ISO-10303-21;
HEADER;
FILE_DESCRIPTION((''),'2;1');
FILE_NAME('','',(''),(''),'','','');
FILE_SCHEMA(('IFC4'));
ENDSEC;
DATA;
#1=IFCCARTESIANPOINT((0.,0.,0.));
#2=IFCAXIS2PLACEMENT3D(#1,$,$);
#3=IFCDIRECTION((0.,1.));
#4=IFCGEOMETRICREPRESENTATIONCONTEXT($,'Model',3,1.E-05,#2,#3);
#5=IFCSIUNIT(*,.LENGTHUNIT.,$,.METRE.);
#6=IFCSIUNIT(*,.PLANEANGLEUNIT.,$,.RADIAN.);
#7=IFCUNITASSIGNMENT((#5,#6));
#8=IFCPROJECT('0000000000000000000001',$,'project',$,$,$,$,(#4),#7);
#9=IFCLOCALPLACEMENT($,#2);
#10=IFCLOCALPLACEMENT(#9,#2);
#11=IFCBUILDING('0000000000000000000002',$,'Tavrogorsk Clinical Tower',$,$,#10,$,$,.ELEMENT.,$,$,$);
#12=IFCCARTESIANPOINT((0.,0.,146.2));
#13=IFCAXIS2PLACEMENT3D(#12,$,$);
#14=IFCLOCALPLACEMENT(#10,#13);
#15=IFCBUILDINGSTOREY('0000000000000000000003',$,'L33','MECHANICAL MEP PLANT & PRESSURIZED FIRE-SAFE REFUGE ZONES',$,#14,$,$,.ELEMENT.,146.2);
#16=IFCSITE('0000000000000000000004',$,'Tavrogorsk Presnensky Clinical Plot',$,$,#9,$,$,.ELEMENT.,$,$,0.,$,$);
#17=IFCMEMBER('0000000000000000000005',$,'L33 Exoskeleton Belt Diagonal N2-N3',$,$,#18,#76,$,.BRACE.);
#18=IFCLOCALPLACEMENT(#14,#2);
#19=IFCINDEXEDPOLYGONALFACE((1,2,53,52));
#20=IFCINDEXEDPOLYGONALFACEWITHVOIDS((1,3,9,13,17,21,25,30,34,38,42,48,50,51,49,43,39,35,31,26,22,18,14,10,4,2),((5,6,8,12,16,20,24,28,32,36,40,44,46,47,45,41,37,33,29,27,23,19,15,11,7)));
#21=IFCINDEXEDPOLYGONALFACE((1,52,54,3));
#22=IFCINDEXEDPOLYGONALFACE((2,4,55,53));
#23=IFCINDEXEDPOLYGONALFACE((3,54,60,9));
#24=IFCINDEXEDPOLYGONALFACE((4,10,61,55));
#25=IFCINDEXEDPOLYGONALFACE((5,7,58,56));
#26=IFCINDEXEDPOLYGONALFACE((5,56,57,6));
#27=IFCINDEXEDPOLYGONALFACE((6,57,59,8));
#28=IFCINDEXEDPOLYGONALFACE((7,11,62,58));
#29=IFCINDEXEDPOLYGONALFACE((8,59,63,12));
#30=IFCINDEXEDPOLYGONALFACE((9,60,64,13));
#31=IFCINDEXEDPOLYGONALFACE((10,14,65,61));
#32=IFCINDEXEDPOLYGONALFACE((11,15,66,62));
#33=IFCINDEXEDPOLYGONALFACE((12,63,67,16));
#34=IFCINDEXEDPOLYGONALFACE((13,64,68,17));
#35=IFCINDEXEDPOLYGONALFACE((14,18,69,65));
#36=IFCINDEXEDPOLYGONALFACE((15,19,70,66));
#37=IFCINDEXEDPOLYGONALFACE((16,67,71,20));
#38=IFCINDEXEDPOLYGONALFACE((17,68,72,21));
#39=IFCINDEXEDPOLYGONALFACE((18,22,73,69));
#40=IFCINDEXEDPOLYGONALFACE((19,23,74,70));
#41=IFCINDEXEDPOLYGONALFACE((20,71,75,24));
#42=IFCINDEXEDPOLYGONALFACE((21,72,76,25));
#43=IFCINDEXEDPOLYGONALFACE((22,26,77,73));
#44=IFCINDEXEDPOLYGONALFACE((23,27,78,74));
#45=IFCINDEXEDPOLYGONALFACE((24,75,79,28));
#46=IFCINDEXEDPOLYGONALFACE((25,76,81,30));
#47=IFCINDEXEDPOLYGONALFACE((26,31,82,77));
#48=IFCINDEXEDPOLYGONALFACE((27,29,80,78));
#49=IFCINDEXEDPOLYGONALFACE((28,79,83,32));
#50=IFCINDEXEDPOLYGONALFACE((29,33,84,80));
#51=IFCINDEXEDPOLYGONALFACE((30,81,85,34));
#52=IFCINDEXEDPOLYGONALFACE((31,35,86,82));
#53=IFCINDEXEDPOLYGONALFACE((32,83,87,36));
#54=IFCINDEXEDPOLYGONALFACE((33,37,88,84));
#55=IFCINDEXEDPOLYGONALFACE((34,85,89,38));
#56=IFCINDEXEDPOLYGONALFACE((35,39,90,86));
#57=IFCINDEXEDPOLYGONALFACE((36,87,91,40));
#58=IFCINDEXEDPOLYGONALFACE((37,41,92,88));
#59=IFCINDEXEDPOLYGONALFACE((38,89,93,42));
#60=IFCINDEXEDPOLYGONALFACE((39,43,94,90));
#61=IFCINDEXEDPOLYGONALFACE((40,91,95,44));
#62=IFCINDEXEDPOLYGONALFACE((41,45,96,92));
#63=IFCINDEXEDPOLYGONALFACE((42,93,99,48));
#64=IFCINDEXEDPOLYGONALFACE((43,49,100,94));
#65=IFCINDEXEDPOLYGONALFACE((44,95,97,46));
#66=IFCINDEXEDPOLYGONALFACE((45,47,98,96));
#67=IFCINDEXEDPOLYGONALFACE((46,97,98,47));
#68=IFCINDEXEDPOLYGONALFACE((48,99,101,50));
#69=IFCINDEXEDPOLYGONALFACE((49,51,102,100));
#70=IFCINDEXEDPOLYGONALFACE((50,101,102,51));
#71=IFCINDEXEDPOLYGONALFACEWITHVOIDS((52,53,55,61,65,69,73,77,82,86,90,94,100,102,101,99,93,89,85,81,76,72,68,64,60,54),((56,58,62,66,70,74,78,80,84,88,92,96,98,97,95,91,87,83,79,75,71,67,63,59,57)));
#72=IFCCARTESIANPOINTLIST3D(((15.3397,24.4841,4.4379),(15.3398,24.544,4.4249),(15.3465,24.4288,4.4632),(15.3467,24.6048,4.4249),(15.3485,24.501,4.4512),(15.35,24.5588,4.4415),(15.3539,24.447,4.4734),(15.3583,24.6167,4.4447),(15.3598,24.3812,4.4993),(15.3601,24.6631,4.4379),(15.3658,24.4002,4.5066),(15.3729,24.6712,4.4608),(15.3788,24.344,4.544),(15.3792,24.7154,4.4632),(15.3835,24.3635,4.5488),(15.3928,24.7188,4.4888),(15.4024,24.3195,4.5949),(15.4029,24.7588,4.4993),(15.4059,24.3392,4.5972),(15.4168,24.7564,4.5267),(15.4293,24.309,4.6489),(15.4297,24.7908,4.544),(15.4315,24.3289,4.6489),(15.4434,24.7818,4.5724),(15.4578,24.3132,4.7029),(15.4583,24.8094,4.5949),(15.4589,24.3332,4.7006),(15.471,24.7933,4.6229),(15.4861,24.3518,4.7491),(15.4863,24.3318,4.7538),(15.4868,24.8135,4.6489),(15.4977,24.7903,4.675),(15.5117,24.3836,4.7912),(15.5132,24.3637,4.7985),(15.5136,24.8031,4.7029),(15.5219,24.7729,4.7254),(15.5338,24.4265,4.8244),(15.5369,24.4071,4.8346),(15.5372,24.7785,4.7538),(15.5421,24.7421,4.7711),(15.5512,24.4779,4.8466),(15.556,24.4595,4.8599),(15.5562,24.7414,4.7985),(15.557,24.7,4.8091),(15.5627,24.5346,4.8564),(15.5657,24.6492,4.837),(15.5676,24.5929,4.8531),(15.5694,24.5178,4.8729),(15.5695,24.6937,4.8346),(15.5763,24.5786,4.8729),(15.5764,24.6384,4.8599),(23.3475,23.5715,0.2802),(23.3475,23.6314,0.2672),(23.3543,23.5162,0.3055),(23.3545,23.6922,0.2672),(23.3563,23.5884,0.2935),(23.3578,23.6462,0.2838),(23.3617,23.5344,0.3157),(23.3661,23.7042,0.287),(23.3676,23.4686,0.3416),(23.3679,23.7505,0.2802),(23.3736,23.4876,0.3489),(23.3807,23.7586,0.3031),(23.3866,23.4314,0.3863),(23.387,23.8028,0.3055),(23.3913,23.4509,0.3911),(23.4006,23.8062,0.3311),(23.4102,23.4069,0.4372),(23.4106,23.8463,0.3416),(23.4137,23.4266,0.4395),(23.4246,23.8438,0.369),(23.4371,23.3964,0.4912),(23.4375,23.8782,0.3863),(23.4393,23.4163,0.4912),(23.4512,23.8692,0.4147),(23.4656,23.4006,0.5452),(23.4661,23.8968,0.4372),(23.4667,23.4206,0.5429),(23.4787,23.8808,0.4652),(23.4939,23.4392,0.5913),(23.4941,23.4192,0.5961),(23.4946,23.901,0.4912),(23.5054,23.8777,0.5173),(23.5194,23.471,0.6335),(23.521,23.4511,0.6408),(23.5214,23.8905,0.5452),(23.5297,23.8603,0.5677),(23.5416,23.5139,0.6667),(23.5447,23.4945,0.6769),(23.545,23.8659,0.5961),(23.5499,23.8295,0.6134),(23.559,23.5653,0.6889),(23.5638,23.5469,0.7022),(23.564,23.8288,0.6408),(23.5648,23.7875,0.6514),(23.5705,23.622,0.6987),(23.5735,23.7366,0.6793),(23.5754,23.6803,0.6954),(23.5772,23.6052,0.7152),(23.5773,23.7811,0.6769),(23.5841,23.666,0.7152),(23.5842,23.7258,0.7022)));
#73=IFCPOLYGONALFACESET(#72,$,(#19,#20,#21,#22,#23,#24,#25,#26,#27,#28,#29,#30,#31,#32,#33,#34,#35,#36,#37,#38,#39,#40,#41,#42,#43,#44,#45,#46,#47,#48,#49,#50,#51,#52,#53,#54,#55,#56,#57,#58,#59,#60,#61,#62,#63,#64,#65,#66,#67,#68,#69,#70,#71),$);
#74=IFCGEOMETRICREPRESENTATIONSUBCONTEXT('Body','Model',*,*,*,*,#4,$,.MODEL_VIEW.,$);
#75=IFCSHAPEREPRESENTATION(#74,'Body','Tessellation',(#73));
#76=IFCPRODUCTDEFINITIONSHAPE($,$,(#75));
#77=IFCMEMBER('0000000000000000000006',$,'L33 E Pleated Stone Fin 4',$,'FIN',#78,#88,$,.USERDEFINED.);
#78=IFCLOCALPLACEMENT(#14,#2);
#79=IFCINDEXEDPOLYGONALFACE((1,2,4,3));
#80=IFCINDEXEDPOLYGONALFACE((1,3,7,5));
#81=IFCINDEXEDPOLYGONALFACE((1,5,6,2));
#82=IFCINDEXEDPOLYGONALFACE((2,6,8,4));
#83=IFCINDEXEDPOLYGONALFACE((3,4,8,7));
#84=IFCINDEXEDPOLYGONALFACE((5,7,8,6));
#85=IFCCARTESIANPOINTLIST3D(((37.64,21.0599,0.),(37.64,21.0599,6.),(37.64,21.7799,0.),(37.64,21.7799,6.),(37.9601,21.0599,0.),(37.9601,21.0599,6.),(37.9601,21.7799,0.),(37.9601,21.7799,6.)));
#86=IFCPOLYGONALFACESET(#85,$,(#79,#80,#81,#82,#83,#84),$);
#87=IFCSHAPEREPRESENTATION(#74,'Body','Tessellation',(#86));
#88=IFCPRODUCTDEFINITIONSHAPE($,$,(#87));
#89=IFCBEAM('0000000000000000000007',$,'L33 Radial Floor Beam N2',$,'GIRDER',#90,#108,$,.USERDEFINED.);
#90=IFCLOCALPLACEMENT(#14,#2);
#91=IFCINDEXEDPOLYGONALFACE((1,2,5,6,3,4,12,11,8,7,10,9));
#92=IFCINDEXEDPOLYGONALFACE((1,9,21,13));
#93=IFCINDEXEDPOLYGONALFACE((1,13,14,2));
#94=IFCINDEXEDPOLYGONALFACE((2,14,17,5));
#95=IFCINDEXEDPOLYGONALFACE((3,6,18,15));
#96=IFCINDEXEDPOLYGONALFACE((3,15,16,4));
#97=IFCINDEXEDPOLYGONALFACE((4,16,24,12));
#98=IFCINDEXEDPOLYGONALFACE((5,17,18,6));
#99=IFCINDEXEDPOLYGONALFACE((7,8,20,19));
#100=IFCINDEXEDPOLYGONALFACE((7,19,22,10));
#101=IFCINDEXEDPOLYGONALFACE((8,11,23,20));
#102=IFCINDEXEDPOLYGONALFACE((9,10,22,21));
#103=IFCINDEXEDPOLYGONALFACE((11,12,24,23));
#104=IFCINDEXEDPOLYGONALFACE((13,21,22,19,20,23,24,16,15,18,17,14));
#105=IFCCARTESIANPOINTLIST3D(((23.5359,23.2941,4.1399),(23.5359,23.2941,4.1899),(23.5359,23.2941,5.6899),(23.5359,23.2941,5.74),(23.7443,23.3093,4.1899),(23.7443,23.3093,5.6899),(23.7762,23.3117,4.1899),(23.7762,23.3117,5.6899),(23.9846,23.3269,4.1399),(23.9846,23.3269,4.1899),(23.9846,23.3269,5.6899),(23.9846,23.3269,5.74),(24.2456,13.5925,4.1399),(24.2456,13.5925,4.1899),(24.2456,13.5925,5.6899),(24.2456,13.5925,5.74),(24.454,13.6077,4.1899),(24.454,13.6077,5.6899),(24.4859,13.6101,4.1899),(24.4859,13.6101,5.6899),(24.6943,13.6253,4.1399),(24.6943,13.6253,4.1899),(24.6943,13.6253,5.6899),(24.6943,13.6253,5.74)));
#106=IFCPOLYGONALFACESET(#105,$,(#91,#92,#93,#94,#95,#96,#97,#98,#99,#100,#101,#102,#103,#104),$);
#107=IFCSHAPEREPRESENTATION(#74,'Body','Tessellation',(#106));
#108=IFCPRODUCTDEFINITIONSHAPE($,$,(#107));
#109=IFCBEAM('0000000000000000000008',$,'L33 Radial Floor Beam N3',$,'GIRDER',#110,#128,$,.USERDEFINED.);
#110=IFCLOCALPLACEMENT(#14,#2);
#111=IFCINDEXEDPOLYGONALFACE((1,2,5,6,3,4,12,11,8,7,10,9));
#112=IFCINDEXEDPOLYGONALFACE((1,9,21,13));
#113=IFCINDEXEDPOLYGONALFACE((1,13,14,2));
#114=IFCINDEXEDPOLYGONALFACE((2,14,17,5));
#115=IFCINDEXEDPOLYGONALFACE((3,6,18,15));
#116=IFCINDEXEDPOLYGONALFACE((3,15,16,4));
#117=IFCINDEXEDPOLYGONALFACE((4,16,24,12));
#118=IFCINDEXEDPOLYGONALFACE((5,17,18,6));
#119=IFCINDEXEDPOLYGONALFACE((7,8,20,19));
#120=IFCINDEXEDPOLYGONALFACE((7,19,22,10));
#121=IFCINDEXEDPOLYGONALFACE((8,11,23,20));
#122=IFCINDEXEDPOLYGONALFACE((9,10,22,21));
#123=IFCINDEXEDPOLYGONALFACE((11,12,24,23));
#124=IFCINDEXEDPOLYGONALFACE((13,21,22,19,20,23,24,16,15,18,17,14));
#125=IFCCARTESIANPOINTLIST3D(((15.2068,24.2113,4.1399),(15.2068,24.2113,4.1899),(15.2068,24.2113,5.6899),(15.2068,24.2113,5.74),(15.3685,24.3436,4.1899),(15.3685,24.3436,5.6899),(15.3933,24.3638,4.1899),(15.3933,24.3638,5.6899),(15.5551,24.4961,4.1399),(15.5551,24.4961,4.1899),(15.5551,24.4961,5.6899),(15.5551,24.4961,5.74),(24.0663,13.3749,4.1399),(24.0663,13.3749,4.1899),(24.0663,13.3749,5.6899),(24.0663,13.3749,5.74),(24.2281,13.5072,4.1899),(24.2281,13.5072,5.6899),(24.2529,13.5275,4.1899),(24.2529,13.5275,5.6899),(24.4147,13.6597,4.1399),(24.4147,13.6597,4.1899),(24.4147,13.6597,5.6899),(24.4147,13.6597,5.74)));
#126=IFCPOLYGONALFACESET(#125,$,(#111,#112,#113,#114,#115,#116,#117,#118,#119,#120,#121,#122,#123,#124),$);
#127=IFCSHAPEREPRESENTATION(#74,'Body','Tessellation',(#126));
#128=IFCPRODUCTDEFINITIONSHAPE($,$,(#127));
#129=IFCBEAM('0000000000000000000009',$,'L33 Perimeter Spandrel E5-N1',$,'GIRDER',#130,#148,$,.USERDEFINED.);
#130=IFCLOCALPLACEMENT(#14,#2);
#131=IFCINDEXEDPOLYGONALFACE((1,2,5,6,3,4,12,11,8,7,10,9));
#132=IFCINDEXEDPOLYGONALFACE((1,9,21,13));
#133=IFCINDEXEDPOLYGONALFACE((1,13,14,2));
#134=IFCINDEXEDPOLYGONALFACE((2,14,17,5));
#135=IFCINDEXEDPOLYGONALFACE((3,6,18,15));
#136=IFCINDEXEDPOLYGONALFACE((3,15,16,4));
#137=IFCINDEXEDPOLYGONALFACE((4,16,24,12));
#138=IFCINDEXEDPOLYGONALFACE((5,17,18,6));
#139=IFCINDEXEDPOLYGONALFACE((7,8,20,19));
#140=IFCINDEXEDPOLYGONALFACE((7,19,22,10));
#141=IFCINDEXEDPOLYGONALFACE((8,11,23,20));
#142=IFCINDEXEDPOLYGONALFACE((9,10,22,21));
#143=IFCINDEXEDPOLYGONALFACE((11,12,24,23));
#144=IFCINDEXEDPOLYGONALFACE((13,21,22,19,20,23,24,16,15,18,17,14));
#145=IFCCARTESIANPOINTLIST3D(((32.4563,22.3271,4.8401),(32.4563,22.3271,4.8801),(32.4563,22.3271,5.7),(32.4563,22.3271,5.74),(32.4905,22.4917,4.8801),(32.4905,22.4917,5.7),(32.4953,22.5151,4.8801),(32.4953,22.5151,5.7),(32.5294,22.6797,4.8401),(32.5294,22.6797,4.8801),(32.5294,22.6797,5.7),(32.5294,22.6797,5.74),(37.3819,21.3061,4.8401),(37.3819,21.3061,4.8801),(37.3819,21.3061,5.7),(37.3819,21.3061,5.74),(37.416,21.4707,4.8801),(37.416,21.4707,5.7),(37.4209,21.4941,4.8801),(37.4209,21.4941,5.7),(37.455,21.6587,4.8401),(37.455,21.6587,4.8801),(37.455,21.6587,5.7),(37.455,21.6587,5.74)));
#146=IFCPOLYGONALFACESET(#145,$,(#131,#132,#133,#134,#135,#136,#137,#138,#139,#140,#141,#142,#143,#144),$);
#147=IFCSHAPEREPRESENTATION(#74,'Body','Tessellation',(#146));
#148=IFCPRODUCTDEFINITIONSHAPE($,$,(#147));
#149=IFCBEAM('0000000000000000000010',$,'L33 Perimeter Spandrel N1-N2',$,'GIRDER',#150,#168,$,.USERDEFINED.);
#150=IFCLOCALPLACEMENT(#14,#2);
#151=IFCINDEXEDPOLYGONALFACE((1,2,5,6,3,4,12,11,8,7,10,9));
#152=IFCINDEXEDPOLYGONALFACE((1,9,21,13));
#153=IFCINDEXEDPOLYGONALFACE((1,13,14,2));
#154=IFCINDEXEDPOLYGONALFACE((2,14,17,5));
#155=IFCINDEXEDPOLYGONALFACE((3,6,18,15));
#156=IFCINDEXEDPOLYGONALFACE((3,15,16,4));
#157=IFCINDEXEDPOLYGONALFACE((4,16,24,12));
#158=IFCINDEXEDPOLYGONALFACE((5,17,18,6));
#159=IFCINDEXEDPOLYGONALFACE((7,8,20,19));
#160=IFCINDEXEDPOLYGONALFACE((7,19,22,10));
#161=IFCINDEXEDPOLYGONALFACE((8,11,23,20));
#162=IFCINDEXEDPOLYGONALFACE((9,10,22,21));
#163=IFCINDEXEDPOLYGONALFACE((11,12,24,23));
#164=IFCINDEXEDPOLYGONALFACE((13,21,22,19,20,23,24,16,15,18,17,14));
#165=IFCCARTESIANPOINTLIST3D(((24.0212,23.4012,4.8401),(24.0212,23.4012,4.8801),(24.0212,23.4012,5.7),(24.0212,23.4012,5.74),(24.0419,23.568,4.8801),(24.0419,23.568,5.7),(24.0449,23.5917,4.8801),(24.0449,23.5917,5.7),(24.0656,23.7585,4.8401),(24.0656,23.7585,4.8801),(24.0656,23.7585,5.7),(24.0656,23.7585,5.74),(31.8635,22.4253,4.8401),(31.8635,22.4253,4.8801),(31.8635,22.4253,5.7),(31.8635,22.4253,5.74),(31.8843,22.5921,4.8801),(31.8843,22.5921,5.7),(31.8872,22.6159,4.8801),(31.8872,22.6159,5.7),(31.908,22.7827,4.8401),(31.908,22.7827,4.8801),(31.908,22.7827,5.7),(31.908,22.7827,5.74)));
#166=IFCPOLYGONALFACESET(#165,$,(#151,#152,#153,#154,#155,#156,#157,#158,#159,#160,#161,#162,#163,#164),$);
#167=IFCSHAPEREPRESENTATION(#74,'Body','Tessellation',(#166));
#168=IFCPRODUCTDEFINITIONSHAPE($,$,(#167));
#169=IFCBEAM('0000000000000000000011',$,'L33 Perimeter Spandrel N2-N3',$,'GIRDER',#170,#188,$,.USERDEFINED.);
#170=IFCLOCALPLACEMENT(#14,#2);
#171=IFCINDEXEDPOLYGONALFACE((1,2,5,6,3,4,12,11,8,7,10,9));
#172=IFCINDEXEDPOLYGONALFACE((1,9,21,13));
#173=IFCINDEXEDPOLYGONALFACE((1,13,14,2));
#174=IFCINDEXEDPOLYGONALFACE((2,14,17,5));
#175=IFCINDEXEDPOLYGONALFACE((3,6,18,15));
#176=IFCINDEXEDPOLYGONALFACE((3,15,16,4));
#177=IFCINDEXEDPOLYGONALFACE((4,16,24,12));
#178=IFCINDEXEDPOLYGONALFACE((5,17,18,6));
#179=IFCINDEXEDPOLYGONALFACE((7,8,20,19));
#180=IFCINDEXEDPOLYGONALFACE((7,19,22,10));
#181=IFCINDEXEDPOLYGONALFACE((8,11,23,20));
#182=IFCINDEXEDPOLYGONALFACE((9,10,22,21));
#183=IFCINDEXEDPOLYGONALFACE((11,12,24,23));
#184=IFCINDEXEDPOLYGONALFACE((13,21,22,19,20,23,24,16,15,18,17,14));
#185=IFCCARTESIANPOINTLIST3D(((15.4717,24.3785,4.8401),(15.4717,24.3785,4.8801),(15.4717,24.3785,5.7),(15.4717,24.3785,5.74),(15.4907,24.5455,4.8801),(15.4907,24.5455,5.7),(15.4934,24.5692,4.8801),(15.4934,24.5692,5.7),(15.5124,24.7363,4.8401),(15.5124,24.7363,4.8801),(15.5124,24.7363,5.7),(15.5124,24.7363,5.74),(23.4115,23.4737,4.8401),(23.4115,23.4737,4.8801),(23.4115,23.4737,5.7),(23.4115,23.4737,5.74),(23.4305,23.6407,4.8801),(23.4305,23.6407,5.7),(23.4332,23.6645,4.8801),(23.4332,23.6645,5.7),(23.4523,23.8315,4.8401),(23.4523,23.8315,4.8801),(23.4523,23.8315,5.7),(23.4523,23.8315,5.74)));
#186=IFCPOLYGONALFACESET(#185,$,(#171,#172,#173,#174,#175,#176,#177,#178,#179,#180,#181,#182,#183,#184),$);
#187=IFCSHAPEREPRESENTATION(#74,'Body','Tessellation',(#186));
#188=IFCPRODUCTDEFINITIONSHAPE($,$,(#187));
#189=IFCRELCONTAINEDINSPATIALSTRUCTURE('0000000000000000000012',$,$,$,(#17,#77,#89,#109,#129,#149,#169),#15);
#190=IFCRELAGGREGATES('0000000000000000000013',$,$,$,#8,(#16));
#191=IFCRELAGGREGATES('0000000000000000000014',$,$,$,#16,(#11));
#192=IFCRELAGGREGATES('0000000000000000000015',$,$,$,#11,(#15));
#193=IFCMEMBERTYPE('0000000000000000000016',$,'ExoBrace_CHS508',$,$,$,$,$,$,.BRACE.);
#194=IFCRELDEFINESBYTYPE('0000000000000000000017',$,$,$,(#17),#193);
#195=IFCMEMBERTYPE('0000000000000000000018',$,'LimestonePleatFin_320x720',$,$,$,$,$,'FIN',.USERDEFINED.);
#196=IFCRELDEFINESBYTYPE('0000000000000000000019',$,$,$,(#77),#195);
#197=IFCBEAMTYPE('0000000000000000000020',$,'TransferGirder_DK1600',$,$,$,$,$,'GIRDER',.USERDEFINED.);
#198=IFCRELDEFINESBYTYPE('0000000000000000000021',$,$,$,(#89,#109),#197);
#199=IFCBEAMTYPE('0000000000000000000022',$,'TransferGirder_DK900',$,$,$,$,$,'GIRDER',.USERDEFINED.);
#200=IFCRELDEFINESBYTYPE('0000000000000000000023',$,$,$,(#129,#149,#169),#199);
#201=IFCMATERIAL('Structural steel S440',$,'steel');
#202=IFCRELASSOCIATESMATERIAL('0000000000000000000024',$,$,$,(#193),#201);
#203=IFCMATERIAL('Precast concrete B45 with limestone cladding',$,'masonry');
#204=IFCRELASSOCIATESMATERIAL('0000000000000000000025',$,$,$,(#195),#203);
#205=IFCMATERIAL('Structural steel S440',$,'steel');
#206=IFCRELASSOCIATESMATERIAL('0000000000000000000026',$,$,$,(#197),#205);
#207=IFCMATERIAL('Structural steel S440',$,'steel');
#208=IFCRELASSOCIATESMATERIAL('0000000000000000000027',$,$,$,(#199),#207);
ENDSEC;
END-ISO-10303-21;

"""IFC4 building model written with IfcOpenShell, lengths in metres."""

from ifc_helpers import new_model, si_unit, direction, frame, origin, origin_2d, place, context, subcontext, project, spatial, rectangle, hollow_circle, i_section, extrude, material, material_profile, profile_set, type_object, element, save


model = new_model("IFC4")

# Units and contexts
model_context = context("Model", 3, precision=1e-05, world=origin(), true_north=direction((0.0, 1.0)))
body_context = subcontext(model_context, "Body", "Model", "MODEL_VIEW")
ifc_project = project(units=[si_unit("LENGTHUNIT", "METRE"), si_unit("PLANEANGLEUNIT", "RADIAN")], contexts=[model_context])

# Site, building, storey
site_placement = place(None, origin())
site = spatial("IfcSite", under=ifc_project, at=site_placement, Name="Tavrogorsk Presnensky Clinical Plot", CompositionType="ELEMENT", RefElevation=0.0)
building_placement = place(site_placement, origin())
building = spatial("IfcBuilding", under=site, at=building_placement, Name="Tavrogorsk Clinical Tower", CompositionType="ELEMENT")
storey_placement = place(building_placement, frame((0.0, 0.0, 146.2)))
storey = spatial("IfcBuildingStorey", under=building, at=storey_placement, Name="L33", Description="MECHANICAL MEP PLANT & PRESSURIZED FIRE-SAFE REFUGE ZONES", CompositionType="ELEMENT", Elevation=146.2)

# Members
ifc_material_1 = material(Name="Structural steel S440", Category="steel")
ifc_material_profile_1 = material_profile(ifc_material_1, hollow_circle(Radius=0.2539, WallThickness=0.02, at=origin_2d()), Name="CHS-508x20")
ifc_profile_set_1 = profile_set([ifc_material_profile_1], Name="Structural steel S440")
member_type_1 = type_object("IfcMemberType", Name="ExoBrace_CHS508", PredefinedType="BRACE", material=ifc_profile_set_1)
member_1_placement = place(storey_placement, frame((23.4658, 23.6487, 0.4912), z_axis=(-0.883, 0.10063, 0.45846), x_axis=(-0.11323, -0.993569, 0.0)))
element("IfcMember", 1, at=member_1_placement, inside=storey, type_object=member_type_1, Name="L33 Exoskeleton Belt Diagonal N2-N3", PredefinedType="BRACE", context=body_context, shape_type="SweptSolid", body=[
    extrude(hollow_circle(Radius=0.2539, WallThickness=0.02, at=origin_2d()), origin(), (0.0, 0.0, 1.0), 9.0688),
])
ifc_material_2 = material(Name="Precast concrete B45 with limestone cladding", Category="masonry")
ifc_material_profile_2 = material_profile(ifc_material_2, rectangle(XDim=0.3201, YDim=0.72, at=origin_2d()), Name="LIMESTONE-FIN-320x720")
ifc_profile_set_2 = profile_set([ifc_material_profile_2], Name="Precast concrete B45 with limestone cladding")
member_type_2 = type_object("IfcMemberType", Name="LimestonePleatFin_320x720", ElementType="FIN", PredefinedType="USERDEFINED", material=ifc_profile_set_2)
member_2_placement = place(storey_placement, frame((37.8, 21.4199, 0.0), z_axis=(0.0, 0.0, 1.0), x_axis=(1.0, 0.0, 0.0)))
element("IfcMember", 2, at=member_2_placement, inside=storey, type_object=member_type_2, Name="L33 E Pleated Stone Fin 4", ObjectType="FIN", PredefinedType="USERDEFINED", context=body_context, shape_type="SweptSolid", body=[
    extrude(rectangle(XDim=0.3201, YDim=0.72, at=origin_2d()), origin(), (0.0, 0.0, 1.0), 6.0),
])

# Beams
ifc_material_3 = material(Name="Structural steel S440", Category="steel")
ifc_material_profile_3 = material_profile(ifc_material_3, i_section(OverallWidth=0.45, OverallDepth=1.6001, WebThickness=0.032, FlangeThickness=0.05, at=origin_2d()), Name="DK-1600x450x32x50")
ifc_profile_set_3 = profile_set([ifc_material_profile_3], Name="Structural steel S440")
beam_type_1 = type_object("IfcBeamType", Name="TransferGirder_DK1600", ElementType="GIRDER", PredefinedType="USERDEFINED", material=ifc_profile_set_3)
beam_1_placement = place(storey_placement, frame((24.47, 13.6089, 4.9399), z_axis=(-0.072959, 0.997335, 0.0), x_axis=(-0.997335, -0.072959, 0.0)))
element("IfcBeam", 3, at=beam_1_placement, inside=storey, type_object=beam_type_1, Name="L33 Radial Floor Beam N2", ObjectType="GIRDER", PredefinedType="USERDEFINED", context=body_context, shape_type="SweptSolid", body=[
    extrude(i_section(OverallWidth=0.45, OverallDepth=1.6001, WebThickness=0.032, FlangeThickness=0.05, at=origin_2d()), origin(), (0.0, 0.0, 1.0), 9.7275),
])
beam_2_placement = place(storey_placement, frame((24.2405, 13.5173, 4.9399), z_axis=(-0.632958, 0.774187, 0.0), x_axis=(-0.774187, -0.632958, 0.0)))
element("IfcBeam", 4, at=beam_2_placement, inside=storey, type_object=beam_type_1, Name="L33 Radial Floor Beam N3", ObjectType="GIRDER", PredefinedType="USERDEFINED", context=body_context, shape_type="SweptSolid", body=[
    extrude(i_section(OverallWidth=0.45, OverallDepth=1.6001, WebThickness=0.032, FlangeThickness=0.05, at=origin_2d()), origin(), (0.0, 0.0, 1.0), 13.9971),
])
ifc_material_4 = material(Name="Structural steel S440", Category="steel")
ifc_material_profile_4 = material_profile(ifc_material_4, i_section(OverallWidth=0.3601, OverallDepth=0.8999, WebThickness=0.0239, FlangeThickness=0.04, at=origin_2d()), Name="DK-900x360x24x40")
ifc_profile_set_4 = profile_set([ifc_material_profile_4], Name="Structural steel S440")
beam_type_2 = type_object("IfcBeamType", Name="TransferGirder_DK900", ElementType="GIRDER", PredefinedType="USERDEFINED", material=ifc_profile_set_4)
beam_3_placement = place(storey_placement, frame((37.4185, 21.4824, 5.29), z_axis=(-0.979185, 0.202972, 0.0), x_axis=(-0.202972, -0.979185, 0.0)))
element("IfcBeam", 5, at=beam_3_placement, inside=storey, type_object=beam_type_2, Name="L33 Perimeter Spandrel E5-N1", ObjectType="GIRDER", PredefinedType="USERDEFINED", context=body_context, shape_type="SweptSolid", body=[
    extrude(i_section(OverallWidth=0.3601, OverallDepth=0.8999, WebThickness=0.0239, FlangeThickness=0.04, at=origin_2d()), origin(), (0.0, 0.0, 1.0), 5.0303),
])
beam_4_placement = place(storey_placement, frame((31.8857, 22.604, 5.29), z_axis=(-0.992347, 0.12348, 0.0), x_axis=(-0.12348, -0.992347, 0.0)))
element("IfcBeam", 6, at=beam_4_placement, inside=storey, type_object=beam_type_2, Name="L33 Perimeter Spandrel N1-N2", ObjectType="GIRDER", PredefinedType="USERDEFINED", context=body_context, shape_type="SweptSolid", body=[
    extrude(i_section(OverallWidth=0.3601, OverallDepth=0.8999, WebThickness=0.0239, FlangeThickness=0.04, at=origin_2d()), origin(), (0.0, 0.0, 1.0), 7.9028),
])
beam_5_placement = place(storey_placement, frame((23.4319, 23.6526, 5.29), z_axis=(-0.99357, 0.113221, 0.0), x_axis=(-0.113221, -0.99357, 0.0)))
element("IfcBeam", 7, at=beam_5_placement, inside=storey, type_object=beam_type_2, Name="L33 Perimeter Spandrel N2-N3", ObjectType="GIRDER", PredefinedType="USERDEFINED", context=body_context, shape_type="SweptSolid", body=[
    extrude(i_section(OverallWidth=0.3601, OverallDepth=0.8999, WebThickness=0.0239, FlangeThickness=0.04, at=origin_2d()), origin(), (0.0, 0.0, 1.0), 7.9912),
])

save(model, "model.ifc")
